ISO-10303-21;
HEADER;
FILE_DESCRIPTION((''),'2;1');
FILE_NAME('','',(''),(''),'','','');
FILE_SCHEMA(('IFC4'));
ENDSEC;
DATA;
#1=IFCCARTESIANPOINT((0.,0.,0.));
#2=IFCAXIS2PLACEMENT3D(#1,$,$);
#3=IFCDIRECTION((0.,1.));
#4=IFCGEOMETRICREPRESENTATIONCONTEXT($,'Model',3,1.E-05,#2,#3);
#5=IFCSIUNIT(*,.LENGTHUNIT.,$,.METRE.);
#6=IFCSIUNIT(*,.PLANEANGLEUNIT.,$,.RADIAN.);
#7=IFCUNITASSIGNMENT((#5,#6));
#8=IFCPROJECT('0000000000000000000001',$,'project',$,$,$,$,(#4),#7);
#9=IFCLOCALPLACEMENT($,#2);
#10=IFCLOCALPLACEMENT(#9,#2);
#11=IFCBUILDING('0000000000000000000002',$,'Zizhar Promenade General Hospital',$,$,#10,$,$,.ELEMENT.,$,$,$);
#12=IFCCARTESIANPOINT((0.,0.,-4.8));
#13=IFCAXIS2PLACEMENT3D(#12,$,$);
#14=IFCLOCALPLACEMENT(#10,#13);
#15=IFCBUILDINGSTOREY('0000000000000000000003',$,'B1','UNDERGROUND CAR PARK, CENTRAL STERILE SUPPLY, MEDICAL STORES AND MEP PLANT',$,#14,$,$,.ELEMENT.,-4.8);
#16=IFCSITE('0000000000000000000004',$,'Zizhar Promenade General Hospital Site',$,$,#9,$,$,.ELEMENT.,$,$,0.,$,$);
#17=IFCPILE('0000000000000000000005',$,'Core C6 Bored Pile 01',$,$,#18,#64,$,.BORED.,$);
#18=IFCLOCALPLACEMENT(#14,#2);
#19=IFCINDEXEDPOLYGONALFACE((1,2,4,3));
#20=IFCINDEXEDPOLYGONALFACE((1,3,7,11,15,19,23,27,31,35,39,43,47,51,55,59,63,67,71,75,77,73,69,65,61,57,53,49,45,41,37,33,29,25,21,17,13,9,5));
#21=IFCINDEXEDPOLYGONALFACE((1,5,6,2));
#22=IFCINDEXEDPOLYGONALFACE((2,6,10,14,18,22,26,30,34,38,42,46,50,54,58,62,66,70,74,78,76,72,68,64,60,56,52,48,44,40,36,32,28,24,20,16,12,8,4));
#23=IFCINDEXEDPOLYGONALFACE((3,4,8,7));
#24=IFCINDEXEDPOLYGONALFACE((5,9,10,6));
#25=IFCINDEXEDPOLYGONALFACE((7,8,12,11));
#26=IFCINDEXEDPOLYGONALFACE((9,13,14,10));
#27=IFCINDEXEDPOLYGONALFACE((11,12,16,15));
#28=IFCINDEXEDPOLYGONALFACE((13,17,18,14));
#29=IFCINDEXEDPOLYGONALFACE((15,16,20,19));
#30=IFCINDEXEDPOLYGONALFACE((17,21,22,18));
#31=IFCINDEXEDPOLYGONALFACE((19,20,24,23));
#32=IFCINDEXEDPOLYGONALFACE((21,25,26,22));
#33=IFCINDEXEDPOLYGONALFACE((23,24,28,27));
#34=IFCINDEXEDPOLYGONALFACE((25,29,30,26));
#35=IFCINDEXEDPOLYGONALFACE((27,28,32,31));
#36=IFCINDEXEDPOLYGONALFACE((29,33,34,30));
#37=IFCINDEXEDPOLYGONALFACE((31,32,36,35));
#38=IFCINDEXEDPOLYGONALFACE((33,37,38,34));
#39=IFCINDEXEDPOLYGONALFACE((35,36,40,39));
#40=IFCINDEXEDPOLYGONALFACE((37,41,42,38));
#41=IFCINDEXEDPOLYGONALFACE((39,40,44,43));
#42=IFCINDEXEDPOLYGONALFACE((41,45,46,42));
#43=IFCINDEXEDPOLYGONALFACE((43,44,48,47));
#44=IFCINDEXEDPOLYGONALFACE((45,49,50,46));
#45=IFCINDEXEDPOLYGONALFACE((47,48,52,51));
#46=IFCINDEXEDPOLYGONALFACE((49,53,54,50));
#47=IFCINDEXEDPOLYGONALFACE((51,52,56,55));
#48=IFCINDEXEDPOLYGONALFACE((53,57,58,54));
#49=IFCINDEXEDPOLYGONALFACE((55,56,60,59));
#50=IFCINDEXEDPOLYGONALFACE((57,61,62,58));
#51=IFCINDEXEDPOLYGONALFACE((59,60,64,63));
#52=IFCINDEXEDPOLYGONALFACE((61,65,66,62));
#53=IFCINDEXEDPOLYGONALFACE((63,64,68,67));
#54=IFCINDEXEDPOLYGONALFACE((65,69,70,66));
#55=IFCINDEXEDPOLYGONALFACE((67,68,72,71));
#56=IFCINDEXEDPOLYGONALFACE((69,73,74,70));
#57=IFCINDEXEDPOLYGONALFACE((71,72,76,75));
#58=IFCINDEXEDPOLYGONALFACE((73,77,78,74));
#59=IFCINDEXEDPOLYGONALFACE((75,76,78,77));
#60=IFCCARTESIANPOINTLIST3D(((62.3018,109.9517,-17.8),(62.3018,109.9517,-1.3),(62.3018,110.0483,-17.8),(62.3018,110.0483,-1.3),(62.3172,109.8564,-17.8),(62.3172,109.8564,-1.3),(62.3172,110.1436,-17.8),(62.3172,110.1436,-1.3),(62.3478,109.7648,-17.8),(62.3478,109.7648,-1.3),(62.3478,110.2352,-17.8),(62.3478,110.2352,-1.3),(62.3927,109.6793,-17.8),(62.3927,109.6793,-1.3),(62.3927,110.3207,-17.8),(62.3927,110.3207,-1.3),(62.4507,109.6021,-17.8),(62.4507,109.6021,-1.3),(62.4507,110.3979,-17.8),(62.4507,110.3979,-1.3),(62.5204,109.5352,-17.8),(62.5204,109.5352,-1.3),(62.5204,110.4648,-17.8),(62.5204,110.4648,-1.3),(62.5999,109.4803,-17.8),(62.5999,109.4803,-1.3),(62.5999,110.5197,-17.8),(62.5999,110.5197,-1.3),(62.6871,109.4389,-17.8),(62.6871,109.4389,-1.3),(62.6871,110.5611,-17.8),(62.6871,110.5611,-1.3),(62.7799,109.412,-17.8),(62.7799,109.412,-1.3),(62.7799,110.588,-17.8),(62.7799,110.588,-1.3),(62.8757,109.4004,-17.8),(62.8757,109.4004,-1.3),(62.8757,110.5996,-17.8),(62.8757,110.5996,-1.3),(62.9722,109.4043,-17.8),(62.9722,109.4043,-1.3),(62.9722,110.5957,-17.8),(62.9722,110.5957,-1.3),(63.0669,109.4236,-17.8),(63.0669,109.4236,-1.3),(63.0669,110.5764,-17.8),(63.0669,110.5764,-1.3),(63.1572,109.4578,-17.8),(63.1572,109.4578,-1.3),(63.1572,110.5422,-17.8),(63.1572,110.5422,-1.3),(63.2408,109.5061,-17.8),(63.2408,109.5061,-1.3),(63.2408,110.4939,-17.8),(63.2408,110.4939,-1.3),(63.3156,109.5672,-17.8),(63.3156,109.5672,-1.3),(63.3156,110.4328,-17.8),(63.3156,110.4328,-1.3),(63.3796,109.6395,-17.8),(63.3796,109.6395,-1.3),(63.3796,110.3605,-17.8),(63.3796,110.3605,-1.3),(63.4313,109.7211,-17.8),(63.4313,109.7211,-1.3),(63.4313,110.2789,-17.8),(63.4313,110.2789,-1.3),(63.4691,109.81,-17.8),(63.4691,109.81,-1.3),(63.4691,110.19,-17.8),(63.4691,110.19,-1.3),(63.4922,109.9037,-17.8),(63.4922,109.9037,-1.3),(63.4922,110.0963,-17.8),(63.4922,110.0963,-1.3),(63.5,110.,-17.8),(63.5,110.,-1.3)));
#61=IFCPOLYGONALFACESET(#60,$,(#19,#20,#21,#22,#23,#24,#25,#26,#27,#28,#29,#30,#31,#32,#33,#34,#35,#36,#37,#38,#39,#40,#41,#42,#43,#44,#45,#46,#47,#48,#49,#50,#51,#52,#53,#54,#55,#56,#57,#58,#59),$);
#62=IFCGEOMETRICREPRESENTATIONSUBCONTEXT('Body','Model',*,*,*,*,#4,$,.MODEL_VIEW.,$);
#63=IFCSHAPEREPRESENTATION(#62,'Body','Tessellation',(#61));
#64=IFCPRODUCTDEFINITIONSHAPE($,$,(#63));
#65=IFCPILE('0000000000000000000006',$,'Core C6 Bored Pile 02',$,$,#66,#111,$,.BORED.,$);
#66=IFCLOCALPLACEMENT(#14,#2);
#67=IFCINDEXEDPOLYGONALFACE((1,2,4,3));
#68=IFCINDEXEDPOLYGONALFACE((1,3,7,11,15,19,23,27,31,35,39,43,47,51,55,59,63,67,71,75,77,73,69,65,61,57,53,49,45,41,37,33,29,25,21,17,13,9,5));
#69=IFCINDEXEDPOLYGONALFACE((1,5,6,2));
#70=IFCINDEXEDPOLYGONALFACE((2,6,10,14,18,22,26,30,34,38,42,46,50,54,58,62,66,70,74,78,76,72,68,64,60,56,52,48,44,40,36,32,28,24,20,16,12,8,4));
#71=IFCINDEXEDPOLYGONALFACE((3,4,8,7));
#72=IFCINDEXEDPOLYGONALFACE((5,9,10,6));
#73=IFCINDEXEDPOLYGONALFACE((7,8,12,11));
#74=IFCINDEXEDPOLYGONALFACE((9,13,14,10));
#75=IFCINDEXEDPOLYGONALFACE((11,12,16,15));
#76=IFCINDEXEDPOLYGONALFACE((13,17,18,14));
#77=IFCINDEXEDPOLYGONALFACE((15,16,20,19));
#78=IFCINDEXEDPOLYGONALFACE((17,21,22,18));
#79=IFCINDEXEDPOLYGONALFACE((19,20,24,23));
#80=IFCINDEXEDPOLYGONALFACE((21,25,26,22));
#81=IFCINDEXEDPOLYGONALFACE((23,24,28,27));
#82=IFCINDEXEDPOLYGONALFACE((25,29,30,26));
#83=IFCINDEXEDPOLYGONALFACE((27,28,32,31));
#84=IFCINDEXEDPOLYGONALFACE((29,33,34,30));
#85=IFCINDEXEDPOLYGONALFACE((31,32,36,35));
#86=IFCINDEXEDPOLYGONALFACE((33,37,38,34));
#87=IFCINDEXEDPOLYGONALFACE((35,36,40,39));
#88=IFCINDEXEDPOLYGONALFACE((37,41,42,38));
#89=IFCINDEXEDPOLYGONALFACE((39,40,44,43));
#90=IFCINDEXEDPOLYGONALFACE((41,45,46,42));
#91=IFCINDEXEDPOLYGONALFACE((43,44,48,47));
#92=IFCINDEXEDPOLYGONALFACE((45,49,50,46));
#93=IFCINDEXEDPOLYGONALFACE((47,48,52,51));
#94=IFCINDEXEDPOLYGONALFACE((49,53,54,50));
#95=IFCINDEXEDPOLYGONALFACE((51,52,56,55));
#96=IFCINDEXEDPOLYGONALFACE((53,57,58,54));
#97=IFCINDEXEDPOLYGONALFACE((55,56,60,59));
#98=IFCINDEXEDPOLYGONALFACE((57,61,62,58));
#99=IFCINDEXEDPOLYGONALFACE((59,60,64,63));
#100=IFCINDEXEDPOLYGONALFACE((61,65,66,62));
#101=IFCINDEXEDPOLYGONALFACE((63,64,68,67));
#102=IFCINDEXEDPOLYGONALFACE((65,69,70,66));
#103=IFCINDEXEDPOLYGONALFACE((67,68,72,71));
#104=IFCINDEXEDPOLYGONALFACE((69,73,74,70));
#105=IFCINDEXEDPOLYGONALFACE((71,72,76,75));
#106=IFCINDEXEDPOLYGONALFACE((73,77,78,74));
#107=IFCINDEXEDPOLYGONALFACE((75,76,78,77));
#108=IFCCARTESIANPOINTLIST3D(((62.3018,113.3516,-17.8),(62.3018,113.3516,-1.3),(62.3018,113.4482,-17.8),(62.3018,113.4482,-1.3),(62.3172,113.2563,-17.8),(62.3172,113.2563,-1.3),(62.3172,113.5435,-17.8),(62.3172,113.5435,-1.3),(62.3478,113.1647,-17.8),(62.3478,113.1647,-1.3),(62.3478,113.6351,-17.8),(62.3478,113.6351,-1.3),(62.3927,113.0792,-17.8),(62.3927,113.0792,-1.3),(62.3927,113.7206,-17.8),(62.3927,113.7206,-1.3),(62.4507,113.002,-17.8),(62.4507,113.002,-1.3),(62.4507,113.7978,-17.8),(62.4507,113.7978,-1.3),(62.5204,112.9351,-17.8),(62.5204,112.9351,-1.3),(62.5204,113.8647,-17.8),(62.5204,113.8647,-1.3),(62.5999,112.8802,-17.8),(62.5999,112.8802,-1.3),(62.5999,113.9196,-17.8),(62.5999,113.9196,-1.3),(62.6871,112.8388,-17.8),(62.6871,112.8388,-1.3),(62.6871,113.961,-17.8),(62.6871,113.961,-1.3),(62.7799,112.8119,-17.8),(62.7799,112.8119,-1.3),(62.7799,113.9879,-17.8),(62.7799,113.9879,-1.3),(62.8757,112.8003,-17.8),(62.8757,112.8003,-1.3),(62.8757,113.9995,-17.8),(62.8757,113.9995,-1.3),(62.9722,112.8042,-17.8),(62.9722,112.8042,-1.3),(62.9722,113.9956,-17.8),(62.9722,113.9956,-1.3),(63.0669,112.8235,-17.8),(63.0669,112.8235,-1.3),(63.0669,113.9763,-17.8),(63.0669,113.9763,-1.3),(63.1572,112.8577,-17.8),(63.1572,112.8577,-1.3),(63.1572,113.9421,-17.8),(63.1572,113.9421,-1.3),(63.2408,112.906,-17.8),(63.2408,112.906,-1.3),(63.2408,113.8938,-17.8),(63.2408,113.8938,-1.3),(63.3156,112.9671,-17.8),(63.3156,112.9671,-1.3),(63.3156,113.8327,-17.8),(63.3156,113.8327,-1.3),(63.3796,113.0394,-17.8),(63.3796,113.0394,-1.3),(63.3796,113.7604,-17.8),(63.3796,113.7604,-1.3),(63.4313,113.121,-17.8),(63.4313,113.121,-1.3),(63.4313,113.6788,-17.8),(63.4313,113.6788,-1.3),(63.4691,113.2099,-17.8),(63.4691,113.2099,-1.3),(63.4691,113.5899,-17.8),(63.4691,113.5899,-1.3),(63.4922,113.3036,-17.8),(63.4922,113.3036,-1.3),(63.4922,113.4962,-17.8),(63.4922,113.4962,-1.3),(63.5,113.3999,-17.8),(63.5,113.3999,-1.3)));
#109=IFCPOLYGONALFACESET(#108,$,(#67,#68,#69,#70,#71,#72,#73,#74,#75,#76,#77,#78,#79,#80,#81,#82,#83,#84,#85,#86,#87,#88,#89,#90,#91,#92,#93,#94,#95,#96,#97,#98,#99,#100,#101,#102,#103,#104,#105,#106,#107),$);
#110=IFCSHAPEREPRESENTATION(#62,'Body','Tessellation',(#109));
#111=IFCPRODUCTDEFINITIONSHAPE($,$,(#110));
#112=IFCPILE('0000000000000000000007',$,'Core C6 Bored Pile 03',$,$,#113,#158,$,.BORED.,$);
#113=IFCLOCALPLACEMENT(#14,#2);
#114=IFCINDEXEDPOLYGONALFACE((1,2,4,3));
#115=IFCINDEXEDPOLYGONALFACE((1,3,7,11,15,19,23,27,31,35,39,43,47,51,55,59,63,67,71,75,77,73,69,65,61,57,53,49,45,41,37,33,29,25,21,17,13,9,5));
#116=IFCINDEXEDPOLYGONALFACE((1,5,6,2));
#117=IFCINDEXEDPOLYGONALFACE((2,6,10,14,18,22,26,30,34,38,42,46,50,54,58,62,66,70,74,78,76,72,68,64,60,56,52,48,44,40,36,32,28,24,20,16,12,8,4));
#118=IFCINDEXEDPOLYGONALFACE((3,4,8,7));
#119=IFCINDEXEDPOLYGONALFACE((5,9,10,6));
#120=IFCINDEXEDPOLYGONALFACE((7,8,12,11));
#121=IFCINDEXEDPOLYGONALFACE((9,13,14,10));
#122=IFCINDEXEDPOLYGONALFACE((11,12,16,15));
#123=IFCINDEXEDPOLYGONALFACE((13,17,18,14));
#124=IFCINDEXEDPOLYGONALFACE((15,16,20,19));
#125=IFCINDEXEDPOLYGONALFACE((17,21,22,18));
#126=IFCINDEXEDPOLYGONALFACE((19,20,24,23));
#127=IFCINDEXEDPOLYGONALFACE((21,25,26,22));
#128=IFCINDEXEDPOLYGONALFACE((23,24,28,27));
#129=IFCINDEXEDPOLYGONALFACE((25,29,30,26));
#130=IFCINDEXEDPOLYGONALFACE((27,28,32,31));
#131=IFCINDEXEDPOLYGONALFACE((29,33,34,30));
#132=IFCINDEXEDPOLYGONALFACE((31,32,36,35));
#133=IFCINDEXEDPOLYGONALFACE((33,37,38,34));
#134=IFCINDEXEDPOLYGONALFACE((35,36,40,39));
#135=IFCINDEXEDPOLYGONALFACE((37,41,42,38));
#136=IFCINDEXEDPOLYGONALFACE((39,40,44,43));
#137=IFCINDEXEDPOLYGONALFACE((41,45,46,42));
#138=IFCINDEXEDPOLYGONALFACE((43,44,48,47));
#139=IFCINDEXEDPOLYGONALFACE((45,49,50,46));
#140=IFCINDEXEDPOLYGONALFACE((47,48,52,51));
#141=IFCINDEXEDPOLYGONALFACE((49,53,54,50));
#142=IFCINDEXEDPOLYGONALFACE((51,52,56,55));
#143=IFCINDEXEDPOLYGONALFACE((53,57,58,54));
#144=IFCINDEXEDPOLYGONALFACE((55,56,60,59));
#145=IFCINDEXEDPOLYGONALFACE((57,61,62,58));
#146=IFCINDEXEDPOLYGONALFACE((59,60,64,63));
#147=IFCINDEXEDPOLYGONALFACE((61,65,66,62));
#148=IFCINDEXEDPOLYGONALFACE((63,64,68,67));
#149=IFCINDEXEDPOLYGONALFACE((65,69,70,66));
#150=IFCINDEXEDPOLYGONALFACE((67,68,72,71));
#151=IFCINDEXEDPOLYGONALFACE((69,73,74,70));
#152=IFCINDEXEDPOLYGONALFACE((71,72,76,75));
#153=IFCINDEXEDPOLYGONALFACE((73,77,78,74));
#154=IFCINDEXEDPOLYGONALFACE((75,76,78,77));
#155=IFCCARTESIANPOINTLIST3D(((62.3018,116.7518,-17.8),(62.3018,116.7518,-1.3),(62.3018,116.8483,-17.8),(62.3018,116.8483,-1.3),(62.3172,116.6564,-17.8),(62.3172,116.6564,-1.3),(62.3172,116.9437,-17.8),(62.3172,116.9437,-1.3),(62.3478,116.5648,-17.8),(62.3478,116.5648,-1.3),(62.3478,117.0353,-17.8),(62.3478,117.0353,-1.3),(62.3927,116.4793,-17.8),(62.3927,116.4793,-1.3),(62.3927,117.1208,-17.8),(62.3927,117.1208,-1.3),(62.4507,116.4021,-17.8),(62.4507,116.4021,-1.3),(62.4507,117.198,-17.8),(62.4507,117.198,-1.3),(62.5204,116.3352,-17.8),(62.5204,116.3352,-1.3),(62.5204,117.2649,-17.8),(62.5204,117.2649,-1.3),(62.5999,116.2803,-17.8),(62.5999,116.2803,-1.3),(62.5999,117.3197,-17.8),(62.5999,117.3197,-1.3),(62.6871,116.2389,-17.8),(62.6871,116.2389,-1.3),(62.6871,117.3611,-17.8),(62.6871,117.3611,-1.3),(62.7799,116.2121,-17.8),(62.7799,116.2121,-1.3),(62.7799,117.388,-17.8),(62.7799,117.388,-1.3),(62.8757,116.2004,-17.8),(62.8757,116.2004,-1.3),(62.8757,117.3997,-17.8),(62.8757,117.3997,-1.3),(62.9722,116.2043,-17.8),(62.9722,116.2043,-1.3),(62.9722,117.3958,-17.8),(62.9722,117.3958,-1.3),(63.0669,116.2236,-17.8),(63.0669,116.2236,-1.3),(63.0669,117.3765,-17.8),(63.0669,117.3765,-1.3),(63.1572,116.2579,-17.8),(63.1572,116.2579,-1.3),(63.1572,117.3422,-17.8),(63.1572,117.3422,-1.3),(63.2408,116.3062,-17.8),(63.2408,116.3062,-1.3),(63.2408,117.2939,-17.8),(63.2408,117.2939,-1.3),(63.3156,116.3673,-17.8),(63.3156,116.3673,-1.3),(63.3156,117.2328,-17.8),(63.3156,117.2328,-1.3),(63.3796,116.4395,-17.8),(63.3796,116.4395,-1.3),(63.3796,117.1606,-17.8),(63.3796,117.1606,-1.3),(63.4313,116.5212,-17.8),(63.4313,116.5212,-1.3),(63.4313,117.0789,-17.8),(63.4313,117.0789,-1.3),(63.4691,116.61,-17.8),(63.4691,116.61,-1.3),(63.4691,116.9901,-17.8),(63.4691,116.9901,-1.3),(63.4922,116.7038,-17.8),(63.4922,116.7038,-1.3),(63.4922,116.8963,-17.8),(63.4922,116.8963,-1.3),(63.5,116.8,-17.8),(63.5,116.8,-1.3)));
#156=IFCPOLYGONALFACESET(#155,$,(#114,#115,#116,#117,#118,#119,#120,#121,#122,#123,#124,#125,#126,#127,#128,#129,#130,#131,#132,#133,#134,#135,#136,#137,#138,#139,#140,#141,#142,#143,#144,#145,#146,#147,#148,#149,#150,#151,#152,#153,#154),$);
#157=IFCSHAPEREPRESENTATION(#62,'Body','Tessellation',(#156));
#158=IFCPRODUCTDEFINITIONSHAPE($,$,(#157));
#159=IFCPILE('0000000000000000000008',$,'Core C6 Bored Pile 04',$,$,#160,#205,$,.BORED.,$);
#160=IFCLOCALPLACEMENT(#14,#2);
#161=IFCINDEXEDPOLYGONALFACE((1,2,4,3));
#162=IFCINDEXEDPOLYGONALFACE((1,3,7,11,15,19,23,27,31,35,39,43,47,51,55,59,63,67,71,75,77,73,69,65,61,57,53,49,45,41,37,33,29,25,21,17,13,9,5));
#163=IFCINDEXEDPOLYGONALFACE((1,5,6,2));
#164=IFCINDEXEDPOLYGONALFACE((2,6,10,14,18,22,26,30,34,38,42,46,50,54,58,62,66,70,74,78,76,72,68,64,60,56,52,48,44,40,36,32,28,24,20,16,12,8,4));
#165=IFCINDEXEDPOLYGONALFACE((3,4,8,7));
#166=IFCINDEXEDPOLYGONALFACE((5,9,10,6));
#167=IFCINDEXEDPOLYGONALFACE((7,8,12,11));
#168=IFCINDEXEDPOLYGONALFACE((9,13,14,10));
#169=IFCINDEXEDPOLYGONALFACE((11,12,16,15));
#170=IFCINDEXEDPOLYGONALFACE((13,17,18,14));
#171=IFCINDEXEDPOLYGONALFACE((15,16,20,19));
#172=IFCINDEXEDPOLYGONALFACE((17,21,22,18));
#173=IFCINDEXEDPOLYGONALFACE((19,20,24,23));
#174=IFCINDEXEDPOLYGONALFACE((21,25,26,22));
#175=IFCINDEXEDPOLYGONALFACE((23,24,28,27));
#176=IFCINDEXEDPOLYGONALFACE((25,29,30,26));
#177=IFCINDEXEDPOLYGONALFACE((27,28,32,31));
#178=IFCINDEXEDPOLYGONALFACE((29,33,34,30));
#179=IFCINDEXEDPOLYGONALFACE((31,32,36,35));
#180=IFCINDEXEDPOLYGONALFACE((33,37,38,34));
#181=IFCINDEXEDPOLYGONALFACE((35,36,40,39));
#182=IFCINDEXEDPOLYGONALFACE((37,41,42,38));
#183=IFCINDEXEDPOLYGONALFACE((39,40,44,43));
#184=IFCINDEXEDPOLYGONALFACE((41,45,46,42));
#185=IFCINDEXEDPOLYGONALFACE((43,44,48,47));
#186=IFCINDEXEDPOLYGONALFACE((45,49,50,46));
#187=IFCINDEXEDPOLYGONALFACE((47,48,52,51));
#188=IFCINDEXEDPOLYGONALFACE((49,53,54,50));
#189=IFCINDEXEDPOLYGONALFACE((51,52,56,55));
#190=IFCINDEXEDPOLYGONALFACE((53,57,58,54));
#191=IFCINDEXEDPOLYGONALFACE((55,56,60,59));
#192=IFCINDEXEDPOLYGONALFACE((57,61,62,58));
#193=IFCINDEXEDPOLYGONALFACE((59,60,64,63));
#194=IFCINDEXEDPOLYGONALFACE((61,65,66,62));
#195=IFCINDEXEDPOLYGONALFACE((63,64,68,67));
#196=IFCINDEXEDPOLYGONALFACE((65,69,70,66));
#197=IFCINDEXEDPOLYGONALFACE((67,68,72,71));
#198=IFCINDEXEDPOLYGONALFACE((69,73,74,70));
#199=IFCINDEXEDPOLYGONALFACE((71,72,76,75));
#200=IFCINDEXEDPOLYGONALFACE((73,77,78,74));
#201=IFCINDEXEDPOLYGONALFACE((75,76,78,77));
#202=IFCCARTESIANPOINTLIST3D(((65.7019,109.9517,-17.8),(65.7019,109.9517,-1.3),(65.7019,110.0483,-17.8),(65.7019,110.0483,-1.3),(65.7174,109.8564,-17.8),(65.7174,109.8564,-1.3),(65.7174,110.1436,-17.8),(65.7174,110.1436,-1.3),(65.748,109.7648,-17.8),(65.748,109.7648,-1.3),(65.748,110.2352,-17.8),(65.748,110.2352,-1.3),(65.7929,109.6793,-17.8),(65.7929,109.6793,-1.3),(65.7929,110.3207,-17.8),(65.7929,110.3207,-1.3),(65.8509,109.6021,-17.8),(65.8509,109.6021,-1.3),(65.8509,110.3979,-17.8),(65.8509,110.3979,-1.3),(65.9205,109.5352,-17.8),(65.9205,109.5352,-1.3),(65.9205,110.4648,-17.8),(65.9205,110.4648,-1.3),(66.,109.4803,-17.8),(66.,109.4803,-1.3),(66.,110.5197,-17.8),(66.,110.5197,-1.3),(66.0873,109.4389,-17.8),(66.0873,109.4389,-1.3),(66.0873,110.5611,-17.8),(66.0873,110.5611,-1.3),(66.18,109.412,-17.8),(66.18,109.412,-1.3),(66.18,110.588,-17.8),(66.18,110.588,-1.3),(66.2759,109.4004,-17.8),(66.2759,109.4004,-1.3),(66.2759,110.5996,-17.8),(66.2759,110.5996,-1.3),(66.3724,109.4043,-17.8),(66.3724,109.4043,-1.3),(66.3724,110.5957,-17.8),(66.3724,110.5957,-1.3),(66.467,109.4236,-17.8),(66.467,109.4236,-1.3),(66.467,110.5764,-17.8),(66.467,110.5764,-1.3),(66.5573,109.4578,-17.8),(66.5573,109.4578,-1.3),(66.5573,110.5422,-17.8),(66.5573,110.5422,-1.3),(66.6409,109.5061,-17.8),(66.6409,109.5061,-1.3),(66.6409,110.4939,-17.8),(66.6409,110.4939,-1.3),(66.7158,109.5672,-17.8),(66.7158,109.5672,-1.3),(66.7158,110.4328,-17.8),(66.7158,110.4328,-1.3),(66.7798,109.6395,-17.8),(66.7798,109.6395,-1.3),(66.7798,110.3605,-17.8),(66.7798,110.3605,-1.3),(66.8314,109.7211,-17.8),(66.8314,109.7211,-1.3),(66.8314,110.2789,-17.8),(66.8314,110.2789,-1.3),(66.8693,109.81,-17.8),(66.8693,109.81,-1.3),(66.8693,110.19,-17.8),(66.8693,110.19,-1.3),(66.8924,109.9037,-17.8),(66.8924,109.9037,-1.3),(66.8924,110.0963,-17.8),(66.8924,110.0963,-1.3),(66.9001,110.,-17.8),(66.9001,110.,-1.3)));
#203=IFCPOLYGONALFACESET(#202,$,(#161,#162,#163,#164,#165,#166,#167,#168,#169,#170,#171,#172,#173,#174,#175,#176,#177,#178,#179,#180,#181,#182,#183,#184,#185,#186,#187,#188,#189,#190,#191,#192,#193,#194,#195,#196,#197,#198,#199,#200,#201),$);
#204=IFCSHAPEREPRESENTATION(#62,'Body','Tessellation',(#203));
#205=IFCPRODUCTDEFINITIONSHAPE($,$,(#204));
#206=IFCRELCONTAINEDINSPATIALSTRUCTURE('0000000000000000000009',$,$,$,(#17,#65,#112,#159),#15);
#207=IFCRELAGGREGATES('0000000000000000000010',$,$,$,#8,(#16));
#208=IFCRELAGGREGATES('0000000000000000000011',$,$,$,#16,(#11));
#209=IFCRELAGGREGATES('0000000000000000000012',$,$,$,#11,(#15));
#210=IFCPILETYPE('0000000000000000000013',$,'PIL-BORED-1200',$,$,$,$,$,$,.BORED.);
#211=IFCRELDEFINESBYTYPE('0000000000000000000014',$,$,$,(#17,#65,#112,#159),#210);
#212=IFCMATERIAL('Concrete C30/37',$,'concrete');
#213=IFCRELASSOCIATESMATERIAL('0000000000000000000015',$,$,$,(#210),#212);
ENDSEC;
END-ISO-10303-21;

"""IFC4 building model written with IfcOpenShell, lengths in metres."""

from ifc_helpers import new_model, si_unit, direction, frame, origin, origin_2d, place, context, subcontext, project, spatial, circle, extrude, material, material_profile, profile_set, type_object, element, save


model = new_model("IFC4")

# Units and contexts
model_context = context("Model", 3, precision=1e-05, world=origin(), true_north=direction((0.0, 1.0)))
body_context = subcontext(model_context, "Body", "Model", "MODEL_VIEW")
ifc_project = project(units=[si_unit("LENGTHUNIT", "METRE"), si_unit("PLANEANGLEUNIT", "RADIAN")], contexts=[model_context])

# Site, building, storey
site_placement = place(None, origin())
site = spatial("IfcSite", under=ifc_project, at=site_placement, Name="Zizhar Promenade General Hospital Site", CompositionType="ELEMENT", RefElevation=0.0)
building_placement = place(site_placement, origin())
building = spatial("IfcBuilding", under=site, at=building_placement, Name="Zizhar Promenade General Hospital", CompositionType="ELEMENT")
storey_placement = place(building_placement, frame((0.0, 0.0, -4.8)))
storey = spatial("IfcBuildingStorey", under=building, at=storey_placement, Name="B1", Description="UNDERGROUND CAR PARK, CENTRAL STERILE SUPPLY, MEDICAL STORES AND MEP PLANT", CompositionType="ELEMENT", Elevation=-4.8)

# Piles
ifc_material_1 = material(Name="Concrete C30/37", Category="concrete")
ifc_material_profile_1 = material_profile(ifc_material_1, circle(Radius=0.6001, at=origin_2d()))
ifc_profile_set_1 = profile_set([ifc_material_profile_1], Name="Concrete C30/37")
pile_type_1 = type_object("IfcPileType", Name="PIL-BORED-1200", PredefinedType="BORED", material=ifc_profile_set_1)
for number, where, z_axis, x_axis, name in (
    (1, (62.8999, 110.0, -1.3), (0.0, 0.0, -1.0), (1.0, 0.0, 0.0), "Core C6 Bored Pile 01"),
    (2, (62.8999, 113.3999, -1.3), (0.0, 0.0, -1.0), (1.0, 0.0, 0.0), "Core C6 Bored Pile 02"),
    (3, (62.8999, 116.8, -1.3), (0.0, 0.0, -1.0), (1.0, 0.0, 0.0), "Core C6 Bored Pile 03"),
    (4, (66.3, 110.0, -1.3), (0.0, 0.0, -1.0), (1.0, 0.0, 0.0), "Core C6 Bored Pile 04"),
):
    element("IfcPile", number, at=place(storey_placement, frame(where, z_axis=z_axis, x_axis=x_axis)), inside=storey, type_object=pile_type_1, Name=name, PredefinedType="BORED", context=body_context, shape_type="SweptSolid", body=[
        extrude(circle(Radius=0.6001, at=origin_2d()), origin(), (0.0, 0.0, 1.0), 16.5),
    ])

save(model, "model.ifc")
